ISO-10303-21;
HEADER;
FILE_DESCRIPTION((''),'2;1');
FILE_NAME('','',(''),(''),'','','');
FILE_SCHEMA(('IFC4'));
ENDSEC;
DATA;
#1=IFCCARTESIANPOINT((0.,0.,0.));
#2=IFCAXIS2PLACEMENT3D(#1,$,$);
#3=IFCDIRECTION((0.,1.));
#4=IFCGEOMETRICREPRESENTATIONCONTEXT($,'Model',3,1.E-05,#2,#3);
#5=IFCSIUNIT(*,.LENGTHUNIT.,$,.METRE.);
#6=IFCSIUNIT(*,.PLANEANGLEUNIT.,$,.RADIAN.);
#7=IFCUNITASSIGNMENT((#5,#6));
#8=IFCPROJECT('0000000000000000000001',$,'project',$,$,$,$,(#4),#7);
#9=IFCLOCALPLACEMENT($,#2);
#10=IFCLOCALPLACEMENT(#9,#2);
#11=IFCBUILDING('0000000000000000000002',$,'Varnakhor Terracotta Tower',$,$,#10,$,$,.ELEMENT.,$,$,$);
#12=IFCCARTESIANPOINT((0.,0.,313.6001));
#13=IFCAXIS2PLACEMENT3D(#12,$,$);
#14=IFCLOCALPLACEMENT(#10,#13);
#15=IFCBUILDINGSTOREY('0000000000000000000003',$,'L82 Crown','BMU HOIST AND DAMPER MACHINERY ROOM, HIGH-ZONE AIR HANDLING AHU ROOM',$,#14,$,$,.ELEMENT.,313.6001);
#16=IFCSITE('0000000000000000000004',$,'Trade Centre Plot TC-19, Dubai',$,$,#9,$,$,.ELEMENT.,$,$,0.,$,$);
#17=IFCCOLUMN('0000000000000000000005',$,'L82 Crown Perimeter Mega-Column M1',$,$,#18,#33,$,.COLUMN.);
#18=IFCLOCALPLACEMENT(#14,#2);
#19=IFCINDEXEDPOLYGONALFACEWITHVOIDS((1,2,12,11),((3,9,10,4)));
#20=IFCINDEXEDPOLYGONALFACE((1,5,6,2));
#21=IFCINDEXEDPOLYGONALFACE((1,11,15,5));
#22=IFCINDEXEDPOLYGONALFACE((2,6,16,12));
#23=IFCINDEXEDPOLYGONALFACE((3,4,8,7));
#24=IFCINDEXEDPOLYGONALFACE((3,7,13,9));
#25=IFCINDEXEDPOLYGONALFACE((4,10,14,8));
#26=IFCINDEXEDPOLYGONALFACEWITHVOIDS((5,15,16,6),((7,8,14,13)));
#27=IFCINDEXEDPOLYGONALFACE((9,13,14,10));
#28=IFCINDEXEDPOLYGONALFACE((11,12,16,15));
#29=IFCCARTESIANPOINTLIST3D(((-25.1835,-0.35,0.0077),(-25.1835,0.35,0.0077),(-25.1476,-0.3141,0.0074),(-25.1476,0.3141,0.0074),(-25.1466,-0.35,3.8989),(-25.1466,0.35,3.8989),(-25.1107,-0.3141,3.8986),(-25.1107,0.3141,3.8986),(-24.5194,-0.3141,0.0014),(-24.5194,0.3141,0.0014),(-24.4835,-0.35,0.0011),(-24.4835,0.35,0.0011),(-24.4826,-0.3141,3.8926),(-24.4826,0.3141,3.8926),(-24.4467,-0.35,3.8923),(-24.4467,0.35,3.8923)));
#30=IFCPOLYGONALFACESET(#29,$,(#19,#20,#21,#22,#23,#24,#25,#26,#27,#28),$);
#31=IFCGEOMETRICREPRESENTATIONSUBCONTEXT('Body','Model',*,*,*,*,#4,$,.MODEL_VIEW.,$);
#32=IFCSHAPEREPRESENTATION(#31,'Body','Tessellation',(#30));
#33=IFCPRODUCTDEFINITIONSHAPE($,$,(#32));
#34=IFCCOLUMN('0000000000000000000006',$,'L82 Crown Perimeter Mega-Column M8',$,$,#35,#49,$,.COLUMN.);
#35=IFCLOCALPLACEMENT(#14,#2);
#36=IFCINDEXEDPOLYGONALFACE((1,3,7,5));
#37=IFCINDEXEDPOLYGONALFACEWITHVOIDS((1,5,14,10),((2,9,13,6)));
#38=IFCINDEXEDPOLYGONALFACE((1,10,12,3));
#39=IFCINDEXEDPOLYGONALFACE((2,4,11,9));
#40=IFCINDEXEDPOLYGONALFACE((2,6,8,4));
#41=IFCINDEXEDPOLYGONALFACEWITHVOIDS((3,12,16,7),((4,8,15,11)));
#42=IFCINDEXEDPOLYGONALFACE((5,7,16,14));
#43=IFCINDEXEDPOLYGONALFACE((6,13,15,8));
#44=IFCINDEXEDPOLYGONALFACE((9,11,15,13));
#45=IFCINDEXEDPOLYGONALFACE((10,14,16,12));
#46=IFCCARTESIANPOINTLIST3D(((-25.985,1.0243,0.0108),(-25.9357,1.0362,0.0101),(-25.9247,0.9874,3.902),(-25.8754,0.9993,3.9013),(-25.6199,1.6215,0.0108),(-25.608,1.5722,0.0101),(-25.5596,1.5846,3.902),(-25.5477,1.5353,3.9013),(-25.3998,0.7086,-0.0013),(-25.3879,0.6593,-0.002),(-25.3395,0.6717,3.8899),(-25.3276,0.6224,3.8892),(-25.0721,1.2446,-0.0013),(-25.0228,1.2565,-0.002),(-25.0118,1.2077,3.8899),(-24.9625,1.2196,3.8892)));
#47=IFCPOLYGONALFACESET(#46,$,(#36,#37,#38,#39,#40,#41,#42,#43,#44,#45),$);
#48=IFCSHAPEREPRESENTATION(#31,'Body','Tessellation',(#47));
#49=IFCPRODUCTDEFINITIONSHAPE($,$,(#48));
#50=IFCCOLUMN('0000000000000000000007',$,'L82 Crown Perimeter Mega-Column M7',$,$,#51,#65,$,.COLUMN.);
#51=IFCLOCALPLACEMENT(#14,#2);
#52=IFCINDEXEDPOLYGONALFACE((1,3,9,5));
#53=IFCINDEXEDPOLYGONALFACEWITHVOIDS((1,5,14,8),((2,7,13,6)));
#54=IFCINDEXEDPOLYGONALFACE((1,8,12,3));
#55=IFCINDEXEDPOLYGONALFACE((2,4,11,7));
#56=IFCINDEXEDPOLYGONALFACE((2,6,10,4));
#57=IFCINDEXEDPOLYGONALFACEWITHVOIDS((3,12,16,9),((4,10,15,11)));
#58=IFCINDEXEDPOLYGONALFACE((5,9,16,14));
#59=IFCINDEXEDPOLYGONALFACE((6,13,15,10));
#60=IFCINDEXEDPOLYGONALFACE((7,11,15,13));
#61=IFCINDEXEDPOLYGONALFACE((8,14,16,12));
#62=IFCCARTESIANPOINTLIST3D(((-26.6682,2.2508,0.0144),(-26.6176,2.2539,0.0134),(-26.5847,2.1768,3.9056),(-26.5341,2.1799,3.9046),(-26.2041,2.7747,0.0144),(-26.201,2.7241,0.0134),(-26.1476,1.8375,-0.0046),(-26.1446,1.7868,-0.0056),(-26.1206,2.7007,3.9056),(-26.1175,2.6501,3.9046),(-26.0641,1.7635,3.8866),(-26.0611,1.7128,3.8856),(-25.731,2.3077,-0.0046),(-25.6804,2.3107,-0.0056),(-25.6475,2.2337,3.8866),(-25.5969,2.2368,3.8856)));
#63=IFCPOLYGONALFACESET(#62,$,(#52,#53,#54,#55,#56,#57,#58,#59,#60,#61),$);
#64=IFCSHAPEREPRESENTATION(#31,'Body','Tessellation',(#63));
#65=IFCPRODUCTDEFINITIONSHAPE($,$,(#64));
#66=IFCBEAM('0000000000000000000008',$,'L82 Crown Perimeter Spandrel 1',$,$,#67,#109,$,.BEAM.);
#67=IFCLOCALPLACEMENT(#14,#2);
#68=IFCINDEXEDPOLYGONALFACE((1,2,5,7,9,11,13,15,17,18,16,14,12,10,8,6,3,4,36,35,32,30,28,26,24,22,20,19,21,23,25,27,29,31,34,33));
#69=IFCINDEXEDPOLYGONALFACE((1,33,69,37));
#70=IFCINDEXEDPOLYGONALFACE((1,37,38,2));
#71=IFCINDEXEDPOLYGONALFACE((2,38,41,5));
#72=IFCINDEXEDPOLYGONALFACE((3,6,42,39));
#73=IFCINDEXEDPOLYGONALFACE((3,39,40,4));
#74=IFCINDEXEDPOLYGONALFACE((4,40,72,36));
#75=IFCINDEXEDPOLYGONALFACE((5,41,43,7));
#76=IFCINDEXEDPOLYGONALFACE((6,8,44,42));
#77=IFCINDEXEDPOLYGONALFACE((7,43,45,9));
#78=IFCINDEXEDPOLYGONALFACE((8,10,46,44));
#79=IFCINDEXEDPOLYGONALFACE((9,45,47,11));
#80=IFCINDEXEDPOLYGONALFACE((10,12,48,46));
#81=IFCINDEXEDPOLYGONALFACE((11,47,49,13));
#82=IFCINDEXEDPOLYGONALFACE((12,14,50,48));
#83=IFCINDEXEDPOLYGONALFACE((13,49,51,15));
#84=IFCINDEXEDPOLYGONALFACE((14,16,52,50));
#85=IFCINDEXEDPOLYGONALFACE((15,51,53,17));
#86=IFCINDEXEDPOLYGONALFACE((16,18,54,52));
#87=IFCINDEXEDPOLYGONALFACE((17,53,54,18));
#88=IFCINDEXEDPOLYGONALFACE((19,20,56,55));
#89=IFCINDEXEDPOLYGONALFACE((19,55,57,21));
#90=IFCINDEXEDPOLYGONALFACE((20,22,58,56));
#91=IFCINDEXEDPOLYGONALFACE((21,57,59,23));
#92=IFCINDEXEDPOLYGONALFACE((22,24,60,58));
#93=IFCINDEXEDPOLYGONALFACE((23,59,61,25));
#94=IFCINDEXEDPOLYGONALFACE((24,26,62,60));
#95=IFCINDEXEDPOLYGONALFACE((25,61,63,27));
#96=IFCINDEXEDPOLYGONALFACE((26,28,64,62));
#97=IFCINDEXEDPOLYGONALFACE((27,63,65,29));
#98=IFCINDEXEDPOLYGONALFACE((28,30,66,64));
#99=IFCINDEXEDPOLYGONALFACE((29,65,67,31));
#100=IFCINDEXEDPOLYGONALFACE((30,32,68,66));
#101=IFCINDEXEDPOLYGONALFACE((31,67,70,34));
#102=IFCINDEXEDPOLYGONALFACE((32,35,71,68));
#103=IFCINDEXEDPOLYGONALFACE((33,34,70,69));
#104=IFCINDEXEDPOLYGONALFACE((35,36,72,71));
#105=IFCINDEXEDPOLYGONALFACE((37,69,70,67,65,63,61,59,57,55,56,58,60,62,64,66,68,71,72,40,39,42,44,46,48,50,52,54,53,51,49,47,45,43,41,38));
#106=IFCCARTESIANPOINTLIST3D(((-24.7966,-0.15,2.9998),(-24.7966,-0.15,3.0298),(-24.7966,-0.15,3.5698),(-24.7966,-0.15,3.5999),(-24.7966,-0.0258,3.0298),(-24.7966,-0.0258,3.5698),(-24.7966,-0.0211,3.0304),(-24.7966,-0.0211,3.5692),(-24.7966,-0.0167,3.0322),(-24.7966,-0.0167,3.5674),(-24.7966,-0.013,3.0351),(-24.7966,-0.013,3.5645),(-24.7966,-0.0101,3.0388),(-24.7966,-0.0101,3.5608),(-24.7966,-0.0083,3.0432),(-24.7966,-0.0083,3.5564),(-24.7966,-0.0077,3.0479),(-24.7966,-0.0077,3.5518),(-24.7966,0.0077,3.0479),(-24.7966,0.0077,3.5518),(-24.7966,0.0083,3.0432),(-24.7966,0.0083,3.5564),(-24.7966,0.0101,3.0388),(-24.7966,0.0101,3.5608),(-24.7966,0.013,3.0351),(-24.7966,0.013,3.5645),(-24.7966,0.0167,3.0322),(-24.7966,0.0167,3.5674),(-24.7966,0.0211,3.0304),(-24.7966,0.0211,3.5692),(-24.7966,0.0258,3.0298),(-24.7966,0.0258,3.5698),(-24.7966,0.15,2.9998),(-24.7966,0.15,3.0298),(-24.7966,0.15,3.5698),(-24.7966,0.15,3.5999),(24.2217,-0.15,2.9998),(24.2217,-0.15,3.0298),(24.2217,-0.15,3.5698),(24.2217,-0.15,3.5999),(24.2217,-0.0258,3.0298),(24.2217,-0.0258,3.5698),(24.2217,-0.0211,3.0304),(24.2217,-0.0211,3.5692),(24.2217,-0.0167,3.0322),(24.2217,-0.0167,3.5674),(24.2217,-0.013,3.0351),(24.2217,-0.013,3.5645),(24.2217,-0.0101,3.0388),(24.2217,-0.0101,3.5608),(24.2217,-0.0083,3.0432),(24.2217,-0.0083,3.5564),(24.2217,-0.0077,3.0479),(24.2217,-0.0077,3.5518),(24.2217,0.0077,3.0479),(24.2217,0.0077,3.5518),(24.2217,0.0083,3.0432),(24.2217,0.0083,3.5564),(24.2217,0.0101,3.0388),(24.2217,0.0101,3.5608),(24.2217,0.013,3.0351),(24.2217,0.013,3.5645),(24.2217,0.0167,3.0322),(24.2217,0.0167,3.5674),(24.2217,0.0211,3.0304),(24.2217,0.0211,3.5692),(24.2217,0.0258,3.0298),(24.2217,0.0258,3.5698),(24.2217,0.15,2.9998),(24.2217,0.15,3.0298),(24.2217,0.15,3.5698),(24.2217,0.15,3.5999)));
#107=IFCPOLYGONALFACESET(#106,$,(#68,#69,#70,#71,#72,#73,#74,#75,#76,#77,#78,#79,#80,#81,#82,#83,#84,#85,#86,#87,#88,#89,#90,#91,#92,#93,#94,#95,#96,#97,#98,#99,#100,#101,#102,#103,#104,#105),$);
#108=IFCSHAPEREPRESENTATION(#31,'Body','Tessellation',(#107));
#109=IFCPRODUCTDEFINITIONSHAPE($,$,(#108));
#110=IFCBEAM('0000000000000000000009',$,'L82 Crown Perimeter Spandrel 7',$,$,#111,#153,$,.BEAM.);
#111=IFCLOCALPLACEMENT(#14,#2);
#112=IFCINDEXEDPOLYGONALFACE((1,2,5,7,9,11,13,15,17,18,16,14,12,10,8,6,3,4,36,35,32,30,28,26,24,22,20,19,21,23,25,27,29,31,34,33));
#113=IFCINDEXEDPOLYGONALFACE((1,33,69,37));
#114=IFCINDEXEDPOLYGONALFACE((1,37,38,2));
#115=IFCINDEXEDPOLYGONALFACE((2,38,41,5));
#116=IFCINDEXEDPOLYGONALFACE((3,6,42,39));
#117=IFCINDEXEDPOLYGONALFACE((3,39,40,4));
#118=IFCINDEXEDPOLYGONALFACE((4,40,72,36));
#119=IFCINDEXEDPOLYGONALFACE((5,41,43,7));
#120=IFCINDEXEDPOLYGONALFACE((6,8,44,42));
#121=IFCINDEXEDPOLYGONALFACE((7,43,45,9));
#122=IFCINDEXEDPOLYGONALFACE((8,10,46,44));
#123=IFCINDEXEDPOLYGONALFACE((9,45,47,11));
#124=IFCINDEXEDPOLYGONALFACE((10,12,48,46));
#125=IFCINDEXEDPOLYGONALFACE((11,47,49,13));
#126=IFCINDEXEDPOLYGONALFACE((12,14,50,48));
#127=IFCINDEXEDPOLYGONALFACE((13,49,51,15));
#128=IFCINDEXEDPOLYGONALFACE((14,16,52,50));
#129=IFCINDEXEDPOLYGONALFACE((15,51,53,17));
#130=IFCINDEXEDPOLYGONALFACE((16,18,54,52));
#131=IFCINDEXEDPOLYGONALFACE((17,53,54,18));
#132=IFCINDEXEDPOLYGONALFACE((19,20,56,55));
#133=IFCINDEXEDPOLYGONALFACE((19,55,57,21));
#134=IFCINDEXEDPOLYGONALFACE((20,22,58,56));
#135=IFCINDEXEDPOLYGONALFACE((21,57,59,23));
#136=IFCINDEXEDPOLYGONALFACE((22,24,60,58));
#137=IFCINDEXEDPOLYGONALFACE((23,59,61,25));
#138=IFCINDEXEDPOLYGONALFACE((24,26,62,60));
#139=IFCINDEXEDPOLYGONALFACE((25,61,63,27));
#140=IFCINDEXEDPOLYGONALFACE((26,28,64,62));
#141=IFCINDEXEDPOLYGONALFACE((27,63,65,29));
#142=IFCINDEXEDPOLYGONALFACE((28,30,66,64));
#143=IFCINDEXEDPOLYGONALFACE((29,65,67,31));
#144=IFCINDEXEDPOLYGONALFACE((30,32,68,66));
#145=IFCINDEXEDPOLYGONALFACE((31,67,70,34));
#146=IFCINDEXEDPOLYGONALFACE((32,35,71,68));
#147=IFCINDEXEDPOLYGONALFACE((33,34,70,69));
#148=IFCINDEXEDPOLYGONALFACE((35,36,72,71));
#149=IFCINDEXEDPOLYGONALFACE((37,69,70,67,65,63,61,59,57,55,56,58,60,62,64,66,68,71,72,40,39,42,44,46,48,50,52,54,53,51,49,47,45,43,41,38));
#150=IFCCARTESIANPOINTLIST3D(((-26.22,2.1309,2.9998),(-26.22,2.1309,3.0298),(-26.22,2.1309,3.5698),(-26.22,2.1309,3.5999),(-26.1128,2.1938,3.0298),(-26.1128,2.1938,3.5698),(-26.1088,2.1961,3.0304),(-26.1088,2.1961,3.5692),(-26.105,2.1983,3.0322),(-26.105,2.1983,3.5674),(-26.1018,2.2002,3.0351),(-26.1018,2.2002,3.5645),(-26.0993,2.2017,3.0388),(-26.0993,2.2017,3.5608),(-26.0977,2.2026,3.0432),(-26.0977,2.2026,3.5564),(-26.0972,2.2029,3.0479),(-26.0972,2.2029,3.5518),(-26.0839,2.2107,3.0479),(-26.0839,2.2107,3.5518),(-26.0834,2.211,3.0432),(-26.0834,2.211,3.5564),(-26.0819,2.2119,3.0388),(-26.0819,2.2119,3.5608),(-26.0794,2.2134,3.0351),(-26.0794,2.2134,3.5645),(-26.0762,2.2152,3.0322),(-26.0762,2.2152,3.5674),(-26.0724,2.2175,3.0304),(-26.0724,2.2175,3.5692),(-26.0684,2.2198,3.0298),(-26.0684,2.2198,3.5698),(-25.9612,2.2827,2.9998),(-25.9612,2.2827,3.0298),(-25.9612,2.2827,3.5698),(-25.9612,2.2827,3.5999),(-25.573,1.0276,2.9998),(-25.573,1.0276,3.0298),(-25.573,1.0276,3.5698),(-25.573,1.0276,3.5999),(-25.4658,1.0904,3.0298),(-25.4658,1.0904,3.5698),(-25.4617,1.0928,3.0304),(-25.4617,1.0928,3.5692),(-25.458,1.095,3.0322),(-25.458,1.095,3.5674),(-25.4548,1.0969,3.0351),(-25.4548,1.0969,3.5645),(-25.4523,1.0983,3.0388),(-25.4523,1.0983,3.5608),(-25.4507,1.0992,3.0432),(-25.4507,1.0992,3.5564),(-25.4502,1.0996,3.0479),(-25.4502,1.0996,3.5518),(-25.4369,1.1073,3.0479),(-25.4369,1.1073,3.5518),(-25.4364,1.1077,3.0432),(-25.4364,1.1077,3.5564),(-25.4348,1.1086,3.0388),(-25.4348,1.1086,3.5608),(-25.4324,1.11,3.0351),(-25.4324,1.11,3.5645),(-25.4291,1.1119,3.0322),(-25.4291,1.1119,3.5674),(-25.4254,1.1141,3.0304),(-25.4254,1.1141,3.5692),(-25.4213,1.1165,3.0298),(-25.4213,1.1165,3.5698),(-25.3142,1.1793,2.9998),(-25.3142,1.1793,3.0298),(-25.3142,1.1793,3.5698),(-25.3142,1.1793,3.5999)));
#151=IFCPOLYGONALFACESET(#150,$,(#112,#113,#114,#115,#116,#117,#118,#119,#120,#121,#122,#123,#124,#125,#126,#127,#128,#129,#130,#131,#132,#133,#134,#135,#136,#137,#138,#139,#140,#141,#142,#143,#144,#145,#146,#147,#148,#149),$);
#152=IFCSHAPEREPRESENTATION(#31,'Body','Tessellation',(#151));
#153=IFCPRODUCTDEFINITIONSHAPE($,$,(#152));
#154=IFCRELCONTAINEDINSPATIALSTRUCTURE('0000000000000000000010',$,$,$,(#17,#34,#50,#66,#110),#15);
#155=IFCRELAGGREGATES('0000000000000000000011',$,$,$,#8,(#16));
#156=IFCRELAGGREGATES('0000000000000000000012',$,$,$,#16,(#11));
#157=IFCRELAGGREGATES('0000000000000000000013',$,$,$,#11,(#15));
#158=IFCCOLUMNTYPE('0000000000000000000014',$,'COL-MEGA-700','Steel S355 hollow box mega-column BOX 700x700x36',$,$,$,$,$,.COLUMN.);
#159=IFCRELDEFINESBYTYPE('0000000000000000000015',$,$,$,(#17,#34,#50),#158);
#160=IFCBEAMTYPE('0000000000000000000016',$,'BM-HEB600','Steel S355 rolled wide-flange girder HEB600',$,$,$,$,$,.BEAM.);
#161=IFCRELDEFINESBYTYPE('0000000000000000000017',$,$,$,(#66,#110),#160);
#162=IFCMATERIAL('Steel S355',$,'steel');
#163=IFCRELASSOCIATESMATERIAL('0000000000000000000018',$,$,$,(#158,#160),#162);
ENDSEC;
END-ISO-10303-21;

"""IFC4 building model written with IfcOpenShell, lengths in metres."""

from ifc_helpers import new_model, si_unit, direction, frame, origin, origin_2d, place, context, subcontext, project, spatial, hollow_rectangle, i_section, extrude, source, transform, mapped, material, material_profile, profile_set, type_object, element, save


model = new_model("IFC4")

# Units and contexts
model_context = context("Model", 3, precision=1e-05, world=origin(), true_north=direction((0.0, 1.0)))
body_context = subcontext(model_context, "Body", "Model", "MODEL_VIEW")
ifc_project = project(units=[si_unit("LENGTHUNIT", "METRE"), si_unit("PLANEANGLEUNIT", "RADIAN")], contexts=[model_context])

# Site, building, storey
site_placement = place(None, origin())
site = spatial("IfcSite", under=ifc_project, at=site_placement, Name="Trade Centre Plot TC-19, Dubai", CompositionType="ELEMENT", RefElevation=0.0)
building_placement = place(site_placement, origin())
building = spatial("IfcBuilding", under=site, at=building_placement, Name="Varnakhor Terracotta Tower", CompositionType="ELEMENT")
storey_placement = place(building_placement, frame((0.0, 0.0, 313.6001)))
storey = spatial("IfcBuildingStorey", under=building, at=storey_placement, Name="L82 Crown", Description="BMU HOIST AND DAMPER MACHINERY ROOM, HIGH-ZONE AIR HANDLING AHU ROOM", CompositionType="ELEMENT", Elevation=313.6001)

# Columns
ifc_material_1 = material(Name="Steel S355", Category="steel")
ifc_material_profile_1 = material_profile(ifc_material_1, hollow_rectangle(XDim=0.7, YDim=0.7, WallThickness=0.0359, at=origin_2d()), Name="BOX 700x700x36")
ifc_profile_set_1 = profile_set([ifc_material_profile_1], Name="Steel S355")
column_type = type_object("IfcColumnType", Name="COL-MEGA-700", Description="Steel S355 hollow box mega-column BOX 700x700x36", PredefinedType="COLUMN", material=ifc_profile_set_1)
shared_shape_1 = source(origin(), body_context, "Body", "SweptSolid", [
    extrude(hollow_rectangle(XDim=0.7, YDim=0.7, WallThickness=0.0359, at=origin_2d()), origin(), (0.0, 0.0, 1.0), 3.8914),
])
column_1_placement = place(storey_placement, frame((-24.8335, 0.0, 0.0044), z_axis=(0.009474, 0.0, 0.999955), x_axis=(0.0, 1.0, 0.0)))
element("IfcColumn", 1, at=column_1_placement, inside=storey, type_object=column_type, Name="L82 Crown Perimeter Mega-Column M1", PredefinedType="COLUMN", context=body_context, shape_type="MappedRepresentation", body=[
    mapped(shared_shape_1, transform((0.0, 0.0, 0.0), scale=1.0)),
])
shared_shape_2 = source(origin(), body_context, "Body", "SweptSolid", [
    extrude(hollow_rectangle(XDim=0.7, YDim=0.7, WallThickness=0.0359, at=origin_2d()), origin(), (0.0, 0.0, 1.0), 3.8918),
])
column_2_placement = place(storey_placement, frame((-25.5039, 1.1404, 0.0044), z_axis=(0.015495, -0.009473, 0.999835), x_axis=(0.52159, 0.853196, 0.0)))
element("IfcColumn", 2, at=column_2_placement, inside=storey, type_object=column_type, Name="L82 Crown Perimeter Mega-Column M8", PredefinedType="COLUMN", context=body_context, shape_type="MappedRepresentation", body=[
    mapped(shared_shape_2, transform((0.0, 0.0, 0.0), scale=1.0)),
])
shared_shape_3 = source(origin(), body_context, "Body", "SweptSolid", [
    extrude(hollow_rectangle(XDim=0.7, YDim=0.7, WallThickness=0.0359, at=origin_2d()), origin(), (0.0, 0.0, 1.0), 3.8928),
])
column_3_placement = place(storey_placement, frame((-26.1743, 2.2808, 0.0044), z_axis=(0.021449, -0.019003, 0.999589), x_axis=(0.66314, 0.748495, 0.0)))
element("IfcColumn", 3, at=column_3_placement, inside=storey, type_object=column_type, Name="L82 Crown Perimeter Mega-Column M7", PredefinedType="COLUMN", context=body_context, shape_type="MappedRepresentation", body=[
    mapped(shared_shape_3, transform((0.0, 0.0, 0.0), scale=1.0)),
])

# Beams
ifc_material_profile_2 = material_profile(ifc_material_1, i_section(OverallWidth=0.3, OverallDepth=0.6001, WebThickness=0.0154, FlangeThickness=0.03, FilletRadius=0.0181, at=origin_2d()), Name="HEB600")
ifc_profile_set_2 = profile_set([ifc_material_profile_2], Name="Steel S355")
beam_type_1 = type_object("IfcBeamType", Name="BM-HEB600", Description="Steel S355 rolled wide-flange girder HEB600", PredefinedType="BEAM", material=ifc_profile_set_2)
shared_shape_4 = source(origin(), body_context, "Body", "SweptSolid", [
    extrude(i_section(OverallWidth=0.3, OverallDepth=0.6001, WebThickness=0.0154, FlangeThickness=0.03, FilletRadius=0.0181, at=origin_2d()), origin(), (0.0, 0.0, 1.0), 49.0183),
])
beam_1_placement = place(storey_placement, frame((-24.7966, 0.0, 3.2998), z_axis=(1.0, 0.0, 0.0), x_axis=(0.0, 1.0, 0.0)))
element("IfcBeam", 4, at=beam_1_placement, inside=storey, type_object=beam_type_1, Name="L82 Crown Perimeter Spandrel 1", PredefinedType="BEAM", context=body_context, shape_type="MappedRepresentation", body=[
    mapped(shared_shape_4, transform((0.0, 0.0, 0.0), scale=1.0)),
])
shared_shape_5 = source(origin(), body_context, "Body", "SweptSolid", [
    extrude(i_section(OverallWidth=0.3, OverallDepth=0.6001, WebThickness=0.0154, FlangeThickness=0.03, FilletRadius=0.0181, at=origin_2d()), origin(), (0.0, 0.0, 1.0), 1.2791),
])
beam_2_placement = place(storey_placement, frame((-26.0906, 2.2068, 3.2998), z_axis=(0.505852, -0.86262, 0.0), x_axis=(0.86262, 0.505852, 0.0)))
element("IfcBeam", 5, at=beam_2_placement, inside=storey, type_object=beam_type_1, Name="L82 Crown Perimeter Spandrel 7", PredefinedType="BEAM", context=body_context, shape_type="MappedRepresentation", body=[
    mapped(shared_shape_5, transform((0.0, 0.0, 0.0), scale=1.0)),
])

save(model, "model.ifc")
